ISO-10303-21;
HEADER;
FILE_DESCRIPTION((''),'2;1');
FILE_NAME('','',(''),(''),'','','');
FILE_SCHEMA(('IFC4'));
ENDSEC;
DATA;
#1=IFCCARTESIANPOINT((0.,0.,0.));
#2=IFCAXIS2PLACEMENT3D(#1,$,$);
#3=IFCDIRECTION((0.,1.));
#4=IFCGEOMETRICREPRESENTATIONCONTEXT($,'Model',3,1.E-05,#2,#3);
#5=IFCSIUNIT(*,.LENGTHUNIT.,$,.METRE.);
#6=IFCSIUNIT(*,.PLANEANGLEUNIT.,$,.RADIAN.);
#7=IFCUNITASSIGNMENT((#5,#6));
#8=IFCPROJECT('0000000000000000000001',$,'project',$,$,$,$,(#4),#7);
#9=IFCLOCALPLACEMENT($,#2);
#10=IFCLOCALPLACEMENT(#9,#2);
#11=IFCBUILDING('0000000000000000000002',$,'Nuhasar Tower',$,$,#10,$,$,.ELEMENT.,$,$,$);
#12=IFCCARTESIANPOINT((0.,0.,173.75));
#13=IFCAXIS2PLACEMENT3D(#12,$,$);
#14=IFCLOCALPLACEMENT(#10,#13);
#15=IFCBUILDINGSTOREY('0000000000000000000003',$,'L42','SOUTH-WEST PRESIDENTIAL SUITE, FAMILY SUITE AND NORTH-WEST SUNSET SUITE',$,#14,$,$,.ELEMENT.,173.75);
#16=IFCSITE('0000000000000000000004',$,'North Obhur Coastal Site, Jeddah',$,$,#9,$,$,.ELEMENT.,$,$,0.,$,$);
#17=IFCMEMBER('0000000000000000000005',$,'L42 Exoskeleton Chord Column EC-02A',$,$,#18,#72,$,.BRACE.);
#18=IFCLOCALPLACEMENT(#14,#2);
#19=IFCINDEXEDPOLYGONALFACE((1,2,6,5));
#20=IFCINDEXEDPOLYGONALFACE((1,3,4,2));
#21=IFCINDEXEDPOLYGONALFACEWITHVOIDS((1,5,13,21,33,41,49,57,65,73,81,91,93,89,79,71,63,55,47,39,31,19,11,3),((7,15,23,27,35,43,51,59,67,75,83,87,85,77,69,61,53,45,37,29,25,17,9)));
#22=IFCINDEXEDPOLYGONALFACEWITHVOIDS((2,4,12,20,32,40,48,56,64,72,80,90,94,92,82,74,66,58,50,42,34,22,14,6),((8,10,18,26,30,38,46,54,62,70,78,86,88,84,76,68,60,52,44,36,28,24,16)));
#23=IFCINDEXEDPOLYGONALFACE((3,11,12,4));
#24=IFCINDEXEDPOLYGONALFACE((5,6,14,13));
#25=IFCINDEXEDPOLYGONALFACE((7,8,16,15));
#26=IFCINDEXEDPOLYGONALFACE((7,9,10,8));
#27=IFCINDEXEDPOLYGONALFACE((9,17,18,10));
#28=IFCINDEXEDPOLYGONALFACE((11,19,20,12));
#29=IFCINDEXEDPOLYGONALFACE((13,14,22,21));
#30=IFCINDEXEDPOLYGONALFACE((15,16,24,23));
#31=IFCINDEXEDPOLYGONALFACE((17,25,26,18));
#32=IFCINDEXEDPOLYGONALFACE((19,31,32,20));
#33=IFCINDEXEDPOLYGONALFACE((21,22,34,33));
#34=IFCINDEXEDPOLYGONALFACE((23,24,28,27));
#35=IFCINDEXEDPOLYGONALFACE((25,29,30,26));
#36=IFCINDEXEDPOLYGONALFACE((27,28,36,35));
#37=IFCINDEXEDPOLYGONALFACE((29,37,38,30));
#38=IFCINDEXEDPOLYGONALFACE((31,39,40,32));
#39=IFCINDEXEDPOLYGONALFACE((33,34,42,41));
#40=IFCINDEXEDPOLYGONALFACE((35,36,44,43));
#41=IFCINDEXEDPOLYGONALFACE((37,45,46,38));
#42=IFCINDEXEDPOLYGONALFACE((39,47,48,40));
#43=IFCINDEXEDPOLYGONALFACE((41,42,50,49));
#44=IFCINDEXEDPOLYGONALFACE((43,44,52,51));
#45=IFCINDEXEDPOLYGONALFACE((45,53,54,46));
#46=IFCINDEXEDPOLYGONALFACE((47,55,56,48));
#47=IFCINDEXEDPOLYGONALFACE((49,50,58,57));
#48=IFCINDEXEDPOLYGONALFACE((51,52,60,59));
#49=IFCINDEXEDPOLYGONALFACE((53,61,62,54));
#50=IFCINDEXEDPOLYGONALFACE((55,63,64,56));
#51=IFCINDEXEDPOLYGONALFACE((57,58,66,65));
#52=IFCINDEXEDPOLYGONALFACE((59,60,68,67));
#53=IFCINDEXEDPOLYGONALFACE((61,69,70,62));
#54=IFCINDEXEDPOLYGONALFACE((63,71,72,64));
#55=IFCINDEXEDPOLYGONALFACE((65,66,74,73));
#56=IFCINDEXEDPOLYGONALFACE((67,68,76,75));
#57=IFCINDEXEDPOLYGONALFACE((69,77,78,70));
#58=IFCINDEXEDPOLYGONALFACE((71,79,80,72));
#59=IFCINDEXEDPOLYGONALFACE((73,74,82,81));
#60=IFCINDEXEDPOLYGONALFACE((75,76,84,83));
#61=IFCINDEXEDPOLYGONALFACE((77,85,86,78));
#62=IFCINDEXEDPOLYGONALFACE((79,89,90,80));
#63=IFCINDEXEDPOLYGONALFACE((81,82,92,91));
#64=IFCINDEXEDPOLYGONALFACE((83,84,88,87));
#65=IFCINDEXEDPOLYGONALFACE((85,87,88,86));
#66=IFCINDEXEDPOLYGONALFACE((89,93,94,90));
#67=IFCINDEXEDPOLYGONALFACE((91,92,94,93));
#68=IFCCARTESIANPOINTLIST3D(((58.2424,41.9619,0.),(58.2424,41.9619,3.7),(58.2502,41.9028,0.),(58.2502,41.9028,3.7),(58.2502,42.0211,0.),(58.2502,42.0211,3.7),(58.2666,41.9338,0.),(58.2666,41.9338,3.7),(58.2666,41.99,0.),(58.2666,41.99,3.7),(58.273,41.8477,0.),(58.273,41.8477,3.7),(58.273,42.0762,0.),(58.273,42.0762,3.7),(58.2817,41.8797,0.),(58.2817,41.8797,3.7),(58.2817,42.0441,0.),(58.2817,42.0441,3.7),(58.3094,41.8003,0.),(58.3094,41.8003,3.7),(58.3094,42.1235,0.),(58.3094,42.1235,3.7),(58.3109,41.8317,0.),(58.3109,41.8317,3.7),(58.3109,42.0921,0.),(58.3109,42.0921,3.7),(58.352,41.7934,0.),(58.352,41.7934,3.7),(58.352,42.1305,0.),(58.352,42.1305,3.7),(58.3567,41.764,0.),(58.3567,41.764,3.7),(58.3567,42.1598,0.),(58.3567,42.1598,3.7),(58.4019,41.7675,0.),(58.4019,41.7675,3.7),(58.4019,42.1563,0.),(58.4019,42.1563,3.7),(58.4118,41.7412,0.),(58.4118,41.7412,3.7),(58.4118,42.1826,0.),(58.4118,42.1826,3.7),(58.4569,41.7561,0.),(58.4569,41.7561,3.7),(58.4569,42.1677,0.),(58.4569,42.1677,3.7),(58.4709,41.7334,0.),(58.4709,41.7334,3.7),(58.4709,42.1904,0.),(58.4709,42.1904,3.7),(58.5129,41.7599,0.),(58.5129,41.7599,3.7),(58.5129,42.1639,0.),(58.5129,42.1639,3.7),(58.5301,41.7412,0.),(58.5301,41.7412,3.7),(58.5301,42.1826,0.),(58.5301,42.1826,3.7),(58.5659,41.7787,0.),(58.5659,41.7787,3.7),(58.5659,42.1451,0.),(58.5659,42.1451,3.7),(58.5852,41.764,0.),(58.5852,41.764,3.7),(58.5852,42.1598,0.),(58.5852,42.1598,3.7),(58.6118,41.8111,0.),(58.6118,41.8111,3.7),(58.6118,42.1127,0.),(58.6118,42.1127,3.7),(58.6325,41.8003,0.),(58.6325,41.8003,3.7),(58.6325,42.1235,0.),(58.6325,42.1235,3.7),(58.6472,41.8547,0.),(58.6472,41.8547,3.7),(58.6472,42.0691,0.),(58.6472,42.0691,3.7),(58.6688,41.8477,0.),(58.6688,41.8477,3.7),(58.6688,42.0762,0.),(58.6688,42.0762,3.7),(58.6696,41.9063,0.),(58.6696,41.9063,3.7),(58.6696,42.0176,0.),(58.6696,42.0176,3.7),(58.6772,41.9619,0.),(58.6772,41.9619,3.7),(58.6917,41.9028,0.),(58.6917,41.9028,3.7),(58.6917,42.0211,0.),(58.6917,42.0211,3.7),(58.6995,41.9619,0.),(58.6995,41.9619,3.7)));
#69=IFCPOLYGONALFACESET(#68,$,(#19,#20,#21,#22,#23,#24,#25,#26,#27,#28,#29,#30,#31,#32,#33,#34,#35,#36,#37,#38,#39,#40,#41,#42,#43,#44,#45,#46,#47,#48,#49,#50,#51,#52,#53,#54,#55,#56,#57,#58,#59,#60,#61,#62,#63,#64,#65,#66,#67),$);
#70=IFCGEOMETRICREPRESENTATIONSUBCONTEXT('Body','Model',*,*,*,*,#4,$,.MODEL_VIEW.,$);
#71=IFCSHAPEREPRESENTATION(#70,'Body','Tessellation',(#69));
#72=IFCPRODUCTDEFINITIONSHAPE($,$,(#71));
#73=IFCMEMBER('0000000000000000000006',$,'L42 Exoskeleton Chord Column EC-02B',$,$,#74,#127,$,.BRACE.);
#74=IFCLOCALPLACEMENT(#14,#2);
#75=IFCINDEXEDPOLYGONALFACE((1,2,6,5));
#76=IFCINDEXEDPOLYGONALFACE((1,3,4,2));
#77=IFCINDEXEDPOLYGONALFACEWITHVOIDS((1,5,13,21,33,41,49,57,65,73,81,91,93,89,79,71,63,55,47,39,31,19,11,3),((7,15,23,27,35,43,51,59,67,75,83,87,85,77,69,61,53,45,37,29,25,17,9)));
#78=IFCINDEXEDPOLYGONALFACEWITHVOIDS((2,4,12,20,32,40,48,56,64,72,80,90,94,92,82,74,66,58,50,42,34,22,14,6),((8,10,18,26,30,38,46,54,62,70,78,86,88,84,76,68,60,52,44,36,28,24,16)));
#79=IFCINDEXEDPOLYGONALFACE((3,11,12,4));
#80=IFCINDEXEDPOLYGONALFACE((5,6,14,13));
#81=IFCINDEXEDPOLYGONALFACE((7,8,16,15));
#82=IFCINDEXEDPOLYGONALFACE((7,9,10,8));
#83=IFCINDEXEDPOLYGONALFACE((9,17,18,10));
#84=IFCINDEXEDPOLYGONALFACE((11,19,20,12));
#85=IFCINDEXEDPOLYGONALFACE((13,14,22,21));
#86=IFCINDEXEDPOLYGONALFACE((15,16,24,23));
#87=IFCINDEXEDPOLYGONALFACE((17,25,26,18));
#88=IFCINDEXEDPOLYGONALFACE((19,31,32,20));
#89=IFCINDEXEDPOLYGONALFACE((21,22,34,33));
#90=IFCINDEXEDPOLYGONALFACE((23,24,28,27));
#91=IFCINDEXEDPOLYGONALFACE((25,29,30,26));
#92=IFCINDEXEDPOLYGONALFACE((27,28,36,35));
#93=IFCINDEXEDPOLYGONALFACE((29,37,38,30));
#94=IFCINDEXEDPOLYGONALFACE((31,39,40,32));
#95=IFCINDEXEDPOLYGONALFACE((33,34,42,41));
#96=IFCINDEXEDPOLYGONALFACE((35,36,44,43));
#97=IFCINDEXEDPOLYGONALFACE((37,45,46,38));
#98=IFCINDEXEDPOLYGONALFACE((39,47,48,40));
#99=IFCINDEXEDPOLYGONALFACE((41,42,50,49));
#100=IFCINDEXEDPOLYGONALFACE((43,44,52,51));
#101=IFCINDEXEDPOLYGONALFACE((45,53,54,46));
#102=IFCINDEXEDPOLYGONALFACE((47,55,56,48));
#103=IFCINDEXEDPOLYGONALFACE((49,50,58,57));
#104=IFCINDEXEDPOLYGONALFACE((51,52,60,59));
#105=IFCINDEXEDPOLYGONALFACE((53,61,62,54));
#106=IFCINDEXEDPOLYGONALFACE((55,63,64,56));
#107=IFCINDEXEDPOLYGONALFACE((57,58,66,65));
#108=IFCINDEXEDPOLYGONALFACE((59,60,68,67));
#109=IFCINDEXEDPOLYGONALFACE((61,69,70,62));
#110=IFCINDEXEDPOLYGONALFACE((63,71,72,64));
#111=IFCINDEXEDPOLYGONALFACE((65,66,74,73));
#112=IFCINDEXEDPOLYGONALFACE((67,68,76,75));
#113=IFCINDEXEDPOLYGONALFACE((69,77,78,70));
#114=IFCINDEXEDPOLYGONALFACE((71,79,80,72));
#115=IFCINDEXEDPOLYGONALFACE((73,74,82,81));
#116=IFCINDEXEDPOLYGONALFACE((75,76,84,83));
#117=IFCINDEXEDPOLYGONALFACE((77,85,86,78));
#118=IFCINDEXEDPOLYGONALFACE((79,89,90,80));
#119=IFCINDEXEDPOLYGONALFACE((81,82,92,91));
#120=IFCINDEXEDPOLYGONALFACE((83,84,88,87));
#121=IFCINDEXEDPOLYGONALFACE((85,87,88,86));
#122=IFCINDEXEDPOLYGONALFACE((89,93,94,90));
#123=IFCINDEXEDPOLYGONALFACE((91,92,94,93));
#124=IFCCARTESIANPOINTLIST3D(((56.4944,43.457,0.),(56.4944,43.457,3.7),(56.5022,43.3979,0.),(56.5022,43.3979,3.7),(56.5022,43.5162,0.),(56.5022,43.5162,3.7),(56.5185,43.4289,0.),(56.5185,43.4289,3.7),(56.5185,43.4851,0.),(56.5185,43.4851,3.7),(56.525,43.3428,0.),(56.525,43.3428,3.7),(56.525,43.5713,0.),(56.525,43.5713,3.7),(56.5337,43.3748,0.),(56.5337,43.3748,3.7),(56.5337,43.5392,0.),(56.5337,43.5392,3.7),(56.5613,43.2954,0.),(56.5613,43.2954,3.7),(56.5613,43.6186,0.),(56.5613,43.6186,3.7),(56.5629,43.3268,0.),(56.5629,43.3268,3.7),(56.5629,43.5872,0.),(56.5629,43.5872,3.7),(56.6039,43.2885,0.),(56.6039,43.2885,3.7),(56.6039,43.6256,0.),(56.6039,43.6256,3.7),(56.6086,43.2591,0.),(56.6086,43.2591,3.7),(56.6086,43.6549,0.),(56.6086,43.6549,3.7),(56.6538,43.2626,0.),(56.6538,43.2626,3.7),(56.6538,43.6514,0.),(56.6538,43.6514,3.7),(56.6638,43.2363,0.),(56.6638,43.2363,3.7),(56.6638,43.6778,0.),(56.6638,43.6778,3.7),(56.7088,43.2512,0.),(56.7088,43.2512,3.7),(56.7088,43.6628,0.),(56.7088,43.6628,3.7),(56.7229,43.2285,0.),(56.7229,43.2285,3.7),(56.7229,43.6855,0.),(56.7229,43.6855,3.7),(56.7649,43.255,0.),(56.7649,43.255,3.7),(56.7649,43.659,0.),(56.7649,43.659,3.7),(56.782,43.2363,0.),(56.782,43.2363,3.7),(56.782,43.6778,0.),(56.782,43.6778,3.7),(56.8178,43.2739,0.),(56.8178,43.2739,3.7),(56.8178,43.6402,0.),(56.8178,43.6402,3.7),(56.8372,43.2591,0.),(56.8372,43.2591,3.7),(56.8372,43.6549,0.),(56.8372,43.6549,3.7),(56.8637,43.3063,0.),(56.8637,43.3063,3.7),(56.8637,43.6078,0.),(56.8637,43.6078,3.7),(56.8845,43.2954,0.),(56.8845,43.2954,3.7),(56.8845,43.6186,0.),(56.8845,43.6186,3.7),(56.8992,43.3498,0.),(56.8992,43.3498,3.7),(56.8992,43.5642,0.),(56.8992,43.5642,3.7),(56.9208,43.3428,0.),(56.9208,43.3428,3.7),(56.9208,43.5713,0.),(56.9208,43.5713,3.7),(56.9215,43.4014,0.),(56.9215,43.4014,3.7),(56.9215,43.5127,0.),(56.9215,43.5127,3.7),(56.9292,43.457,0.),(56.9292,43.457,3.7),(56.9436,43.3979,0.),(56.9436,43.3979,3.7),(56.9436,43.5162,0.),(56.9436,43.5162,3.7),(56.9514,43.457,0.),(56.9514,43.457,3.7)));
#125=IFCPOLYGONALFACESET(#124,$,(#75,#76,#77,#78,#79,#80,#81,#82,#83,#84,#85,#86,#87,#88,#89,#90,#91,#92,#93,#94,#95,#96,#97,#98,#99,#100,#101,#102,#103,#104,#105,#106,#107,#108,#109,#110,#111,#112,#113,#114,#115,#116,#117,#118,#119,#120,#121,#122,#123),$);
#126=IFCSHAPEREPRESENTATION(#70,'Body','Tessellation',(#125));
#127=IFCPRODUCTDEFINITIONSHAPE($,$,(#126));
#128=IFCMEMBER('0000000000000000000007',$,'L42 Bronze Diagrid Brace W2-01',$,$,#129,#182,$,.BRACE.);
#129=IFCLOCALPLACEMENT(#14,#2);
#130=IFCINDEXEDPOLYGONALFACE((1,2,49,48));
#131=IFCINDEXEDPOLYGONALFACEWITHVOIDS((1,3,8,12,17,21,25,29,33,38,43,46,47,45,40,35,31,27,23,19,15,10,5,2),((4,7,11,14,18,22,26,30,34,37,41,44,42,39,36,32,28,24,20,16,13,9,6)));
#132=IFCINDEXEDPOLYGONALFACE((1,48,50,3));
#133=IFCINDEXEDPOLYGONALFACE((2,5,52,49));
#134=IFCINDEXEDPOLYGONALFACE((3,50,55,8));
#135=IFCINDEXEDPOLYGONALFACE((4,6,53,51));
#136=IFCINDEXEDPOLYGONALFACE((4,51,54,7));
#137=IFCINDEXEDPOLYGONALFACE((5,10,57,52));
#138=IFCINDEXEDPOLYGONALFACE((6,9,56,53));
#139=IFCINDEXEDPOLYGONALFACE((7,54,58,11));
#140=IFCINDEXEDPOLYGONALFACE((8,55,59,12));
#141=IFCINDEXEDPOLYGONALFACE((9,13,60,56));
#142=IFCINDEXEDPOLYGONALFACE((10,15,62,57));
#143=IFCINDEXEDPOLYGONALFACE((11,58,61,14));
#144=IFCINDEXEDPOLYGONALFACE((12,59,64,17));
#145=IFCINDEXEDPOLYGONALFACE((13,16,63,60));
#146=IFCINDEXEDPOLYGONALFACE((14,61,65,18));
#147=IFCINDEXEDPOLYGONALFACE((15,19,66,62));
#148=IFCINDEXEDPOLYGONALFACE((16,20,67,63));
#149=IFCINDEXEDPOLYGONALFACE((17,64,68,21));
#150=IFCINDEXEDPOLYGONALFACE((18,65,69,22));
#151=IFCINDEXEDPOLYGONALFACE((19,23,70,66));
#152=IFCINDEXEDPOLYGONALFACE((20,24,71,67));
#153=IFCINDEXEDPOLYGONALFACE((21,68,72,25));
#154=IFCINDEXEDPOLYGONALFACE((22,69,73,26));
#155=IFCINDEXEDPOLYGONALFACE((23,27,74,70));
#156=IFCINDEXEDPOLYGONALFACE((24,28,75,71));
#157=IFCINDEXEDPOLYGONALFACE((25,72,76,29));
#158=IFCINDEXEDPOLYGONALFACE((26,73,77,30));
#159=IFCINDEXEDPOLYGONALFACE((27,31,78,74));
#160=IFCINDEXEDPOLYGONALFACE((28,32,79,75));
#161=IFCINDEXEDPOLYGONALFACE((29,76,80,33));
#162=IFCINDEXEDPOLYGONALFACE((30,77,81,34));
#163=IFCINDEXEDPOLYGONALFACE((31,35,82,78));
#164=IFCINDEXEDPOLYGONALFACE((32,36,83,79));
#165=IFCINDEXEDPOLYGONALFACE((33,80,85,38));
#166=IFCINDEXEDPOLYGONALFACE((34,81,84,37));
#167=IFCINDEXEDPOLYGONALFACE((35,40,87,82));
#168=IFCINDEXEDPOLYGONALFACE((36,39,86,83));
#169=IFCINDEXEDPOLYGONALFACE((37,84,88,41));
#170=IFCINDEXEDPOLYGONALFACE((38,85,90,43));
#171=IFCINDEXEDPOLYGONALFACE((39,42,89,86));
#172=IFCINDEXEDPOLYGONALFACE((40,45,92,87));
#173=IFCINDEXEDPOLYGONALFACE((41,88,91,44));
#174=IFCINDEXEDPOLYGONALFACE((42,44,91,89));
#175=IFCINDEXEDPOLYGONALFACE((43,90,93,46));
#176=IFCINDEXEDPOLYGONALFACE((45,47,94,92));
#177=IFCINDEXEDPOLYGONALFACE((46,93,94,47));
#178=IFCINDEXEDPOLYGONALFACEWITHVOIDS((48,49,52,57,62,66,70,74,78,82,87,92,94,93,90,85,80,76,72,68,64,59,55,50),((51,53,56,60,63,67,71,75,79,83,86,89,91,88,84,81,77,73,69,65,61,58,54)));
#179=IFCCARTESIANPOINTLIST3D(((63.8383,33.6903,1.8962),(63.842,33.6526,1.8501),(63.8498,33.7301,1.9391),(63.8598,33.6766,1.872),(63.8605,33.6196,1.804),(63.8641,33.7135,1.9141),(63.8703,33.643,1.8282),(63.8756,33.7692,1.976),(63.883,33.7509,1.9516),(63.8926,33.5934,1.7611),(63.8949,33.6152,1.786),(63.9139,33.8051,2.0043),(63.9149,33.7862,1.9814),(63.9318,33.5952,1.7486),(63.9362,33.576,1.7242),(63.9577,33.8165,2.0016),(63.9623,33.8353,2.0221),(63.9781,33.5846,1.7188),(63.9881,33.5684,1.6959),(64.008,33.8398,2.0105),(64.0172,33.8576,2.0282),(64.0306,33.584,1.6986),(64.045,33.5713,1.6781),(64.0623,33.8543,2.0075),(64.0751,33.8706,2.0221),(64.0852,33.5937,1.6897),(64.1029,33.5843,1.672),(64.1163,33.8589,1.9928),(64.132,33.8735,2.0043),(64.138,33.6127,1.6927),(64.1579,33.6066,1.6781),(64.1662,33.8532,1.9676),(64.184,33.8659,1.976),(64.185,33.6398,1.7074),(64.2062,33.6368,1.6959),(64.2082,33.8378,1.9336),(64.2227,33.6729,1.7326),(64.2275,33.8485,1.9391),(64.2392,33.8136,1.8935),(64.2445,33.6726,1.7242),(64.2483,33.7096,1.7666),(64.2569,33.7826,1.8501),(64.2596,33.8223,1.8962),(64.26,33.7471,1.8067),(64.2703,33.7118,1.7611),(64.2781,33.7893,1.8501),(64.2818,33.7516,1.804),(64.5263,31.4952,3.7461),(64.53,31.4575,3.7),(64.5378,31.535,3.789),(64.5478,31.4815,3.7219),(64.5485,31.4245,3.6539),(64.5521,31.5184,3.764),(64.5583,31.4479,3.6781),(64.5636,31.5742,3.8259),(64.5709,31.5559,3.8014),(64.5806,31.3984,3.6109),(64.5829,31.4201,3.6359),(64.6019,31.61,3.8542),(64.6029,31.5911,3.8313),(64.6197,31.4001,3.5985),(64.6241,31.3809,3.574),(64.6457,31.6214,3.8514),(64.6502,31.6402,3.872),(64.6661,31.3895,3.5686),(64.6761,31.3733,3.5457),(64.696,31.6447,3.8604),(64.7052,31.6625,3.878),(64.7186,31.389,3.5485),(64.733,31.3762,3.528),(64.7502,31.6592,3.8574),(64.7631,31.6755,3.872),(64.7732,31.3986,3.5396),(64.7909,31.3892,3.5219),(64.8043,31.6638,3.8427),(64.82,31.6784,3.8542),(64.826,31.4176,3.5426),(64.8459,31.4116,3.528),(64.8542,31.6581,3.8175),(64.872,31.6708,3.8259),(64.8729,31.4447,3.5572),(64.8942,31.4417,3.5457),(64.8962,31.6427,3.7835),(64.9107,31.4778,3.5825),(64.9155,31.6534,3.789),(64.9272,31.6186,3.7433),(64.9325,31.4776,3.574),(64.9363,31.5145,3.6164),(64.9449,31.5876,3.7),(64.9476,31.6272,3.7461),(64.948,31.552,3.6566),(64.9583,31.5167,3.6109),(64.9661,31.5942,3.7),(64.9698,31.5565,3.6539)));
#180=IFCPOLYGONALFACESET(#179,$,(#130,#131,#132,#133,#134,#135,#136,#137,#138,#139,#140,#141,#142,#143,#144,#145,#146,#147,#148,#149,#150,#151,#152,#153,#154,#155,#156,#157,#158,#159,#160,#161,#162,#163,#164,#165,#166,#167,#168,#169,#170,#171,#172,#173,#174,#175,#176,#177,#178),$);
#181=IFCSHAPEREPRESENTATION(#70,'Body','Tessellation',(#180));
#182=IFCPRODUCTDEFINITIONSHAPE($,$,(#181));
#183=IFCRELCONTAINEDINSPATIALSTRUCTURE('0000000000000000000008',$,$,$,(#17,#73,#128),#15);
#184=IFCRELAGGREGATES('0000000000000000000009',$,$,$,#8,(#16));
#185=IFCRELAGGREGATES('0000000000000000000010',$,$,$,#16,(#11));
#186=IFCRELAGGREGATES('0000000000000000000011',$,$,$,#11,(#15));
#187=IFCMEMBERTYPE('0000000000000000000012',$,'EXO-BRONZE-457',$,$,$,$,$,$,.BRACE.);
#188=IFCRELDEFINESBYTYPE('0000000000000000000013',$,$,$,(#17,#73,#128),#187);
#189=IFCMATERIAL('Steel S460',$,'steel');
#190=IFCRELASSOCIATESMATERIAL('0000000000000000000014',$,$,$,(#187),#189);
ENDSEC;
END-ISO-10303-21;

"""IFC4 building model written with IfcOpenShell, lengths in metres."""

from ifc_helpers import new_model, si_unit, direction, frame, origin, origin_2d, place, context, subcontext, project, spatial, hollow_circle, extrude, material, material_profile, profile_set, type_object, element, save


model = new_model("IFC4")

# Units and contexts
model_context = context("Model", 3, precision=1e-05, world=origin(), true_north=direction((0.0, 1.0)))
body_context = subcontext(model_context, "Body", "Model", "MODEL_VIEW")
ifc_project = project(units=[si_unit("LENGTHUNIT", "METRE"), si_unit("PLANEANGLEUNIT", "RADIAN")], contexts=[model_context])

# Site, building, storey
site_placement = place(None, origin())
site = spatial("IfcSite", under=ifc_project, at=site_placement, Name="North Obhur Coastal Site, Jeddah", CompositionType="ELEMENT", RefElevation=0.0)
building_placement = place(site_placement, origin())
building = spatial("IfcBuilding", under=site, at=building_placement, Name="Nuhasar Tower", CompositionType="ELEMENT")
storey_placement = place(building_placement, frame((0.0, 0.0, 173.75)))
storey = spatial("IfcBuildingStorey", under=building, at=storey_placement, Name="L42", Description="SOUTH-WEST PRESIDENTIAL SUITE, FAMILY SUITE AND NORTH-WEST SUNSET SUITE", CompositionType="ELEMENT", Elevation=173.75)

# Members
ifc_material_1 = material(Name="Steel S460", Category="steel")
ifc_material_profile_1 = material_profile(ifc_material_1, hollow_circle(Radius=0.2285, WallThickness=0.0222, at=origin_2d()), Name="HSS457X22.2")
ifc_profile_set_1 = profile_set([ifc_material_profile_1], Name="Steel S460")
member_type_1 = type_object("IfcMemberType", Name="EXO-BRONZE-457", PredefinedType="BRACE", material=ifc_profile_set_1)
for number, where, z_axis, x_axis, name in (
    (1, (58.4709, 41.9619, 0.0), (0.0, 0.0, 1.0), (1.0, 0.0, 0.0), "L42 Exoskeleton Chord Column EC-02A"),
    (2, (56.7229, 43.457, 0.0), (0.0, 0.0, 1.0), (1.0, 0.0, 0.0), "L42 Exoskeleton Chord Column EC-02B"),
):
    element("IfcMember", number, at=place(storey_placement, frame(where, z_axis=z_axis, x_axis=x_axis)), inside=storey, type_object=member_type_1, Name=name, PredefinedType="BRACE", context=body_context, shape_type="SweptSolid", body=[
        extrude(hollow_circle(Radius=0.2285, WallThickness=0.0222, at=origin_2d()), origin(), (0.0, 0.0, 1.0), 3.7),
    ])
for number, where, z_axis, x_axis, name in (
    (3, (64.0601, 33.7209, 1.8501), (0.233068, -0.743616, 0.626669), (0.954228, 0.299079, 0.0), "L42 Bronze Diagrid Brace W2-01"),
):
    element("IfcMember", number, at=place(storey_placement, frame(where, z_axis=z_axis, x_axis=x_axis)), inside=storey, type_object=member_type_1, Name=name, PredefinedType="BRACE", context=body_context, shape_type="SweptSolid", body=[
        extrude(hollow_circle(Radius=0.2285, WallThickness=0.0222, at=origin_2d()), origin(), (0.0, 0.0, 1.0), 2.9519),
    ])

save(model, "model.ifc")
